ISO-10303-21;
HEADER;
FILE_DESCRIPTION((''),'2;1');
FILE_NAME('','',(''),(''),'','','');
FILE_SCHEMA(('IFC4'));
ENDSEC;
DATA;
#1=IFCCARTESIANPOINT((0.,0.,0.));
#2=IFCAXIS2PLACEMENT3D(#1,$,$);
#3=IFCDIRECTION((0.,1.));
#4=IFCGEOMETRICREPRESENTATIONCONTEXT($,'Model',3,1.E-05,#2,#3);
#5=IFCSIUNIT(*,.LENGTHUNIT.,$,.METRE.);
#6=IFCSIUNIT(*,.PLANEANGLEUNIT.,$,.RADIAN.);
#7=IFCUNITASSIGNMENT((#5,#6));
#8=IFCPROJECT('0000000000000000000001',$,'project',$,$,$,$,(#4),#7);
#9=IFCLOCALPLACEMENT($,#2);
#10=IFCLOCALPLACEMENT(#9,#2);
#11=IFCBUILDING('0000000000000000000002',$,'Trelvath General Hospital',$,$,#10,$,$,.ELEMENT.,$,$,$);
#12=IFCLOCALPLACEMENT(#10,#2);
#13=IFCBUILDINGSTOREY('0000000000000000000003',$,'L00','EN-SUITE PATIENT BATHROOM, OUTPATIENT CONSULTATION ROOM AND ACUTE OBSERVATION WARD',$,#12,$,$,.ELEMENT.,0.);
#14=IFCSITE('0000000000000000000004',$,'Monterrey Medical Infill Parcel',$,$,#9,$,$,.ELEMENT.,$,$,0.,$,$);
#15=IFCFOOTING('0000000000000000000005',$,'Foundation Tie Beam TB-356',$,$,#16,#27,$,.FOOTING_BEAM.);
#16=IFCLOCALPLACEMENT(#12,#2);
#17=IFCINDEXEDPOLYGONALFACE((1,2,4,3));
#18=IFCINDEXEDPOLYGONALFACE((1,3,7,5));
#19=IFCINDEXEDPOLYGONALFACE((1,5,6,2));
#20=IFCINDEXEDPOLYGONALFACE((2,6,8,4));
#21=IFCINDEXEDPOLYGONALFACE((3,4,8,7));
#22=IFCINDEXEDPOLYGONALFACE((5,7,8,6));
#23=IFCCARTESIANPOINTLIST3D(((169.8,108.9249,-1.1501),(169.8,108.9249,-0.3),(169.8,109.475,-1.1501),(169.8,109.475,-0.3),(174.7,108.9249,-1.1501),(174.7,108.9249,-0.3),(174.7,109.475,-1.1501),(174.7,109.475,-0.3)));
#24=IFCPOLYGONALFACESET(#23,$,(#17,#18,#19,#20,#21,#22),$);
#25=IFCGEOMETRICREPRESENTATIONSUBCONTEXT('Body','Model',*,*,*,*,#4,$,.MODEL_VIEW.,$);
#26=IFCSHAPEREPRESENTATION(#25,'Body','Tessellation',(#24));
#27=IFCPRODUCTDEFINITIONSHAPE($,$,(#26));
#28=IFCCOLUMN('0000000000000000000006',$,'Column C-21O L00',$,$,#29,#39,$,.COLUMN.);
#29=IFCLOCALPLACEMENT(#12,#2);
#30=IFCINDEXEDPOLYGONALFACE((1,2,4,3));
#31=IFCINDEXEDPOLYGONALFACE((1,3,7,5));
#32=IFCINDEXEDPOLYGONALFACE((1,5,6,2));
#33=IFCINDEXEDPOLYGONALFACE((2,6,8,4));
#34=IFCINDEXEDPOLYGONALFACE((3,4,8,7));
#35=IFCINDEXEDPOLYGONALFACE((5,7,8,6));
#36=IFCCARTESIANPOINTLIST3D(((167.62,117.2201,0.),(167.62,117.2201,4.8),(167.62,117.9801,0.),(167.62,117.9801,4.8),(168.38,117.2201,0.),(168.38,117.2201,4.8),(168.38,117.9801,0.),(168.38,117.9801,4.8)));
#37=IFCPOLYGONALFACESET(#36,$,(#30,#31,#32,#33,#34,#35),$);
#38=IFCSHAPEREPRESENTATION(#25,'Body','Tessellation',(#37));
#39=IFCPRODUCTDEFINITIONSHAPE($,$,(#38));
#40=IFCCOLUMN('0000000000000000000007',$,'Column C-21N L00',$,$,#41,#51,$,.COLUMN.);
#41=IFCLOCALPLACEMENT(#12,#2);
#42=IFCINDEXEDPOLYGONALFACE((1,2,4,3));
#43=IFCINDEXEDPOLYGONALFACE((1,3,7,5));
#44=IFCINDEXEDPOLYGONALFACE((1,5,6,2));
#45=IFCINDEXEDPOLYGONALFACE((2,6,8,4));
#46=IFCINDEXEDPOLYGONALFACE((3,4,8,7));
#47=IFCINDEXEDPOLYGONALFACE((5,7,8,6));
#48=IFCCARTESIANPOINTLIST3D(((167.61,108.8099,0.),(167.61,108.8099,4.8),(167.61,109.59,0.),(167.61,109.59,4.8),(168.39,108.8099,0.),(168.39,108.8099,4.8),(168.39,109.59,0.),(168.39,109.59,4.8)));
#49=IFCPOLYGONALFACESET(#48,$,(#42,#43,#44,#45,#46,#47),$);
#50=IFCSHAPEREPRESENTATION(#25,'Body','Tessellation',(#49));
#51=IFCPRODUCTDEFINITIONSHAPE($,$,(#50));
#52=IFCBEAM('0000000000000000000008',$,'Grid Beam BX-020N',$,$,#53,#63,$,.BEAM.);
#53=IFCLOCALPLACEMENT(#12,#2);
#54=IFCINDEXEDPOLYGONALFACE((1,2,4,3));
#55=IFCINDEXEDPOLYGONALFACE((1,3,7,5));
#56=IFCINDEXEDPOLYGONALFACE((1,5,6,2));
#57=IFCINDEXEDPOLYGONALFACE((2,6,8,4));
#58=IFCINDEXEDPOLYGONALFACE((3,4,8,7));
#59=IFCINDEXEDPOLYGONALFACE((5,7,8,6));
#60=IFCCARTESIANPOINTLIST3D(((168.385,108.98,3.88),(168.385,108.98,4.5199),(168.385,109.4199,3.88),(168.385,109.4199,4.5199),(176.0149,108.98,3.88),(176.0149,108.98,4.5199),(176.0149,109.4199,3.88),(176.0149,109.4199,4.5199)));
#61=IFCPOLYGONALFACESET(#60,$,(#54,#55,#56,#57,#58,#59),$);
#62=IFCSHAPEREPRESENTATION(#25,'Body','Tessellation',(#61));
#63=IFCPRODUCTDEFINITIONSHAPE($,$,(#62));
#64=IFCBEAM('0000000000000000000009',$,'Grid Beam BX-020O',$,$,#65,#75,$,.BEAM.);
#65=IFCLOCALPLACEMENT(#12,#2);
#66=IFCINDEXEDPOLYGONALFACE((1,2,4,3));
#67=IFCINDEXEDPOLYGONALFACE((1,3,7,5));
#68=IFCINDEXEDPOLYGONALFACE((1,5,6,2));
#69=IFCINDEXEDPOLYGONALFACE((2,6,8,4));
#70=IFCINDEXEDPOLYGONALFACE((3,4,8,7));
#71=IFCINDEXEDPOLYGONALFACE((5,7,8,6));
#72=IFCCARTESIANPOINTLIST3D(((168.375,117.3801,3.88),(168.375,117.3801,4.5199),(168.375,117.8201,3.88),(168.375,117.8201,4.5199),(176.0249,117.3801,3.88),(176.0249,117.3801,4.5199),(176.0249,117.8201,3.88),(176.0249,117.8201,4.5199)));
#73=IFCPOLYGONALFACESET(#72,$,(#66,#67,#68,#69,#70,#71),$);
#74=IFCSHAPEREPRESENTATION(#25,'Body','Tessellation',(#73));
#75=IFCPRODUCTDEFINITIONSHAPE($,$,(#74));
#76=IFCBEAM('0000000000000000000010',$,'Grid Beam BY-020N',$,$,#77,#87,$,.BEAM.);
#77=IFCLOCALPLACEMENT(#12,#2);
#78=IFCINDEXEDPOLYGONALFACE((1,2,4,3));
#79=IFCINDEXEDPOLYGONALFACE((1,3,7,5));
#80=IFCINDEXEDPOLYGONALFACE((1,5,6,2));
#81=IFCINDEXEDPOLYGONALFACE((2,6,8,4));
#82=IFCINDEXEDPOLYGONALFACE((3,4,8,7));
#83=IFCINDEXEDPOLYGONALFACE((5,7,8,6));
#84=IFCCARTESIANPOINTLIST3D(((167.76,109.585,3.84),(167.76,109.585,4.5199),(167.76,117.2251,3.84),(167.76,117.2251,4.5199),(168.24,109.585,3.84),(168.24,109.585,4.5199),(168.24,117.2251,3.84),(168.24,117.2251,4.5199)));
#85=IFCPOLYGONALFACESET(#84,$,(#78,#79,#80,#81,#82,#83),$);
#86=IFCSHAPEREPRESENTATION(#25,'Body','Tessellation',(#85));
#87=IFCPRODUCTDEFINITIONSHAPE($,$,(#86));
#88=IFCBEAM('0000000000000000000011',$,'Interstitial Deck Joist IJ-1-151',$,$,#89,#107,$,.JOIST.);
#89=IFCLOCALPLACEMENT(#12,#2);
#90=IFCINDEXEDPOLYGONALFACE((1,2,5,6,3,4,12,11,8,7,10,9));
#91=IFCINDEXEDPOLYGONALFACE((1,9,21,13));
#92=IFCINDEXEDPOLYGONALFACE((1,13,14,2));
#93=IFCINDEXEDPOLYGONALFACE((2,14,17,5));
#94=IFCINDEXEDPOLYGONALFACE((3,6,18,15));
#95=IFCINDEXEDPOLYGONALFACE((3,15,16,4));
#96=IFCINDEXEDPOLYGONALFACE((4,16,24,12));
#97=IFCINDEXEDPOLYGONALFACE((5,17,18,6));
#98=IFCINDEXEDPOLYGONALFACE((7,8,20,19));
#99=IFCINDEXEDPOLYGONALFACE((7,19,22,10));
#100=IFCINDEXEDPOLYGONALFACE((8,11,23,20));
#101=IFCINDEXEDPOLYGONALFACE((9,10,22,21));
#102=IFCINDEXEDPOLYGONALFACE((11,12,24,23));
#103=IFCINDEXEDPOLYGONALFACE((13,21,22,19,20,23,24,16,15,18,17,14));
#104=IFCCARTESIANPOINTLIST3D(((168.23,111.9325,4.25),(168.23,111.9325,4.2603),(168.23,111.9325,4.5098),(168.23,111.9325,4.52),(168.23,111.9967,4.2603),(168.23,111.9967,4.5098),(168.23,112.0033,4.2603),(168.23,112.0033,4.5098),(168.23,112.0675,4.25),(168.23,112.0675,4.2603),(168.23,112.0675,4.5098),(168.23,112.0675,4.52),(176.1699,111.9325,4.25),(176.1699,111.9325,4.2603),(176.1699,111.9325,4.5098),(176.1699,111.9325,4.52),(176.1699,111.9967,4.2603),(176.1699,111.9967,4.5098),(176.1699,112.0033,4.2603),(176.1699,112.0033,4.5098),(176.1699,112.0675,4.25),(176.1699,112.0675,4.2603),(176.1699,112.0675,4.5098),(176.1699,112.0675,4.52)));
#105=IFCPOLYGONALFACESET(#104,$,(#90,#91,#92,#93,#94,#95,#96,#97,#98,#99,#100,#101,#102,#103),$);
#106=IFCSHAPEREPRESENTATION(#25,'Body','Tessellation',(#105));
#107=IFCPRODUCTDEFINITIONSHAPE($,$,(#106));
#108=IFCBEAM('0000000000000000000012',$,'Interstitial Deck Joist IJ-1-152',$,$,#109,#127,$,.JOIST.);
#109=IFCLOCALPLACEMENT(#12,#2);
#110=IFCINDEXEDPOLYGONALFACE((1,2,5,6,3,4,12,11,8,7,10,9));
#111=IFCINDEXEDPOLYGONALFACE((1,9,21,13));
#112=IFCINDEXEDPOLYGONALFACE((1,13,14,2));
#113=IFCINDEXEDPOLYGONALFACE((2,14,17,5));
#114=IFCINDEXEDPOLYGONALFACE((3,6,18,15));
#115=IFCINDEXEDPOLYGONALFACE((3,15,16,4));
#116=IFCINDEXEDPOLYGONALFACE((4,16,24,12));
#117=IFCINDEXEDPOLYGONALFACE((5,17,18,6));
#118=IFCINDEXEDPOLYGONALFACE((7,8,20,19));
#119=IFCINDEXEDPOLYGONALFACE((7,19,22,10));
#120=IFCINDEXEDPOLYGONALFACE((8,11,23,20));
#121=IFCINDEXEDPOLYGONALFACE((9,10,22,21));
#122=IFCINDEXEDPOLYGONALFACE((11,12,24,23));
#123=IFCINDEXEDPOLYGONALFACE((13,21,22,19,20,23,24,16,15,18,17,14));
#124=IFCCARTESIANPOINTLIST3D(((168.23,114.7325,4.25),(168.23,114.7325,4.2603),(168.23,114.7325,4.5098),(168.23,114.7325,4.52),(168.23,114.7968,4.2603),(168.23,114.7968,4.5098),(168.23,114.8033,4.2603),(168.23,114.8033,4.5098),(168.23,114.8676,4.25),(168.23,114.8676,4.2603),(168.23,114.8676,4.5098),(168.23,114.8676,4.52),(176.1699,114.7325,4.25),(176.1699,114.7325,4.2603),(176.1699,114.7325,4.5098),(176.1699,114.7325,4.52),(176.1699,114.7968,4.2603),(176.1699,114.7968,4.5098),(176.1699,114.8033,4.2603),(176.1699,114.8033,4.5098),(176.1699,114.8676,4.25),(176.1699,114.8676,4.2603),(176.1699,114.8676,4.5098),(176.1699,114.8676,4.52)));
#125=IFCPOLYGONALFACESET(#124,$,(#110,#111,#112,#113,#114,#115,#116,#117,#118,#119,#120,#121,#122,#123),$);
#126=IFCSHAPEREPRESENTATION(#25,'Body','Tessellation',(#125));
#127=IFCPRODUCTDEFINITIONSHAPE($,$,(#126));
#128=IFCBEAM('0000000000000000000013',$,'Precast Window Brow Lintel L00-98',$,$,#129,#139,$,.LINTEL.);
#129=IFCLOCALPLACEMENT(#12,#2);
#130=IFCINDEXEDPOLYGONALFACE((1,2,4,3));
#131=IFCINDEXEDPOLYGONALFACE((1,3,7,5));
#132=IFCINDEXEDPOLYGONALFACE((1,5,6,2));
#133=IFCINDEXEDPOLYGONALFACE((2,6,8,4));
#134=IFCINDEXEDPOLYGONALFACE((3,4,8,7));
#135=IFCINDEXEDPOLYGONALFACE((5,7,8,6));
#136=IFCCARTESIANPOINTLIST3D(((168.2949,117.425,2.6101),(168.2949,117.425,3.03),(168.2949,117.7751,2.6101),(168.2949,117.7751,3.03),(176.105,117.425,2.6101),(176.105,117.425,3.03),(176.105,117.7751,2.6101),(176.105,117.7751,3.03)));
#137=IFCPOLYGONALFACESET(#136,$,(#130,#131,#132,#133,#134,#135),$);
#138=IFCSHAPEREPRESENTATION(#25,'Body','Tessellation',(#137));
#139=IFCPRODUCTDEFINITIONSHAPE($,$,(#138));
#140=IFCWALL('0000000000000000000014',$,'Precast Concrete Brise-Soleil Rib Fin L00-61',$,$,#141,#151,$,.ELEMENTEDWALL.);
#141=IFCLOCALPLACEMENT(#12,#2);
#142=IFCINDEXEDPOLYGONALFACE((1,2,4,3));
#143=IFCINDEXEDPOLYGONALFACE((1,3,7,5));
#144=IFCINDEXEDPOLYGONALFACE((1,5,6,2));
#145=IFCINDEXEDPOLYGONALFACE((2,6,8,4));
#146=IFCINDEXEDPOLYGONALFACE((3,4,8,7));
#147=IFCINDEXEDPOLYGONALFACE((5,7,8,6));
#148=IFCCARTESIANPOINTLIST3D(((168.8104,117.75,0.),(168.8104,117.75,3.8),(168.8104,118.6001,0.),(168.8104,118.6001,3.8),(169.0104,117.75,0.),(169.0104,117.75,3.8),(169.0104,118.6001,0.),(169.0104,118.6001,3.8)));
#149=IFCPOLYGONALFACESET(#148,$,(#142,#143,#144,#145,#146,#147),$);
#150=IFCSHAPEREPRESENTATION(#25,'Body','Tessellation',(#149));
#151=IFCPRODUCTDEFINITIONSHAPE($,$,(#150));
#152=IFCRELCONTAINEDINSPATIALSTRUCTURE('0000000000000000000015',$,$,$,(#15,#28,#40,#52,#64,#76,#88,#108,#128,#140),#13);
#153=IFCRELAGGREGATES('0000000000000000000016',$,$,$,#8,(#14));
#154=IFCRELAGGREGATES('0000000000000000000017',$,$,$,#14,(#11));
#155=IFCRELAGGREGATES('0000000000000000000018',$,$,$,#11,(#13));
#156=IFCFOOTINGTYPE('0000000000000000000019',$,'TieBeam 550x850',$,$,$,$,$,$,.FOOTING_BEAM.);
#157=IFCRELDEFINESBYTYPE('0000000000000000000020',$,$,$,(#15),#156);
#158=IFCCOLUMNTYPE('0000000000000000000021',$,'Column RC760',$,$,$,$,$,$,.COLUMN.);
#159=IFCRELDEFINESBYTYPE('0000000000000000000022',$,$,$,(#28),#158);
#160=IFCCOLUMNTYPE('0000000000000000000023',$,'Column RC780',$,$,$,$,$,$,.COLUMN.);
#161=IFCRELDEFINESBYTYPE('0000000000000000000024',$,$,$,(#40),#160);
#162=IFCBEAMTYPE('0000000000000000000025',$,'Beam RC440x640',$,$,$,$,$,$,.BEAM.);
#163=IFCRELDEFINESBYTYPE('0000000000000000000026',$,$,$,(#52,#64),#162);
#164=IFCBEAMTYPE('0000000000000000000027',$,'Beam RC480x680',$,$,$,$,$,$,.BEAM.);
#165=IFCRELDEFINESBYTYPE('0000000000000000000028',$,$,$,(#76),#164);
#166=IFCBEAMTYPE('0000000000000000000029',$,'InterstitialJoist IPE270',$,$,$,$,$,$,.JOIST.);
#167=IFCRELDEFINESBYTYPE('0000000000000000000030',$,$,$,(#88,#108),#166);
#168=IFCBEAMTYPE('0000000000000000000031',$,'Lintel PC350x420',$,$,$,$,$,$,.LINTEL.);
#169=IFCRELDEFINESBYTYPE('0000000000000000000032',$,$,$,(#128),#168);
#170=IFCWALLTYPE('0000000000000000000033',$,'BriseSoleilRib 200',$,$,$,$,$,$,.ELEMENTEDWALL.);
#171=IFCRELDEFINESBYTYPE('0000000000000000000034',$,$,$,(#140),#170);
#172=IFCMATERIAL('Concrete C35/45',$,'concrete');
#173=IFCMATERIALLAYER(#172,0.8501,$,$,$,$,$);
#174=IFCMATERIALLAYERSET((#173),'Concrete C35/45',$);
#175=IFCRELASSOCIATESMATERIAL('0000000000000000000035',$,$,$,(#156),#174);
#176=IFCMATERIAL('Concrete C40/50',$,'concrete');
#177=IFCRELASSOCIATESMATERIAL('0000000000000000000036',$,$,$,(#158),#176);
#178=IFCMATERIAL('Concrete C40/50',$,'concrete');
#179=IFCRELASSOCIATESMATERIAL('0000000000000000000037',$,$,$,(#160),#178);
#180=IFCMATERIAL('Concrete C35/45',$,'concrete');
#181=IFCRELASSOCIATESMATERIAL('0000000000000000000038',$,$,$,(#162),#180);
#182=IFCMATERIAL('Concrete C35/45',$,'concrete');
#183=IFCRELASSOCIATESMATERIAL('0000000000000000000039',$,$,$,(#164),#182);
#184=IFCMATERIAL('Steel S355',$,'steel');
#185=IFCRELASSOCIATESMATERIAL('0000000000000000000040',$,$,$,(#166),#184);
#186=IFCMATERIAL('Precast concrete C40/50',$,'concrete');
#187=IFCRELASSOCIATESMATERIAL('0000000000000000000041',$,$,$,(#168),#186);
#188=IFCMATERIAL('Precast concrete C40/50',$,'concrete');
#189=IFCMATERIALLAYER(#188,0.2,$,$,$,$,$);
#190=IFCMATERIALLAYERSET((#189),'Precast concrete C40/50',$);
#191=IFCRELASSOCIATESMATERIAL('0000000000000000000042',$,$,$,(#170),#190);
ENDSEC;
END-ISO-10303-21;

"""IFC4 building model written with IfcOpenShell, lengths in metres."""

from ifc_helpers import new_model, si_unit, direction, frame, frame_2d, origin, origin_2d, place, context, subcontext, project, spatial, rectangle, i_section, extrude, material, layer, layer_set, material_profile, profile_set, type_object, element, save


model = new_model("IFC4")

# Units and contexts
model_context = context("Model", 3, precision=1e-05, world=origin(), true_north=direction((0.0, 1.0)))
body_context = subcontext(model_context, "Body", "Model", "MODEL_VIEW")
ifc_project = project(units=[si_unit("LENGTHUNIT", "METRE"), si_unit("PLANEANGLEUNIT", "RADIAN")], contexts=[model_context])

# Site, building, storey
site_placement = place(None, origin())
site = spatial("IfcSite", under=ifc_project, at=site_placement, Name="Monterrey Medical Infill Parcel", CompositionType="ELEMENT", RefElevation=0.0)
building_placement = place(site_placement, origin())
building = spatial("IfcBuilding", under=site, at=building_placement, Name="Trelvath General Hospital", CompositionType="ELEMENT")
storey_placement = place(building_placement, origin())
storey = spatial("IfcBuildingStorey", under=building, at=storey_placement, Name="L00", Description="EN-SUITE PATIENT BATHROOM, OUTPATIENT CONSULTATION ROOM AND ACUTE OBSERVATION WARD", CompositionType="ELEMENT", Elevation=0.0)

# Footing
ifc_material_1 = material(Name="Concrete C35/45", Category="concrete")
ifc_layer_1 = layer(ifc_material_1, 0.8501)
ifc_layer_set_1 = layer_set([ifc_layer_1], Name="Concrete C35/45")
footing_type_1 = type_object("IfcFootingType", Name="TieBeam 550x850", PredefinedType="FOOTING_BEAM", material=ifc_layer_set_1)
footing_1_placement = place(storey_placement, frame((172.25, 109.2, -1.1501), z_axis=(0.0, 0.0, 1.0), x_axis=(1.0, 0.0, 0.0)))
element("IfcFooting", 1, at=footing_1_placement, inside=storey, type_object=footing_type_1, Name="Foundation Tie Beam TB-356", PredefinedType="FOOTING_BEAM", context=body_context, shape_type="SweptSolid", body=[
    extrude(rectangle(XDim=4.8999, YDim=0.55, at=origin_2d()), origin(), (0.0, 0.0, 1.0), 0.8501),
])

# Columns
ifc_material_2 = material(Name="Concrete C40/50", Category="concrete")
ifc_material_profile_1 = material_profile(ifc_material_2, rectangle(XDim=0.76, YDim=0.76, at=origin_2d()), Name="RC760x760")
ifc_profile_set_1 = profile_set([ifc_material_profile_1], Name="Concrete C40/50")
column_type_1 = type_object("IfcColumnType", Name="Column RC760", PredefinedType="COLUMN", material=ifc_profile_set_1)
column_1_placement = place(storey_placement, frame((168.0, 117.6001, 0.0), z_axis=(0.0, 0.0, 1.0), x_axis=(1.0, 0.0, 0.0)))
element("IfcColumn", 2, at=column_1_placement, inside=storey, type_object=column_type_1, Name="Column C-21O L00", PredefinedType="COLUMN", context=body_context, shape_type="SweptSolid", body=[
    extrude(rectangle(XDim=0.76, YDim=0.76, at=origin_2d()), origin(), (0.0, 0.0, 1.0), 4.8),
])
ifc_material_3 = material(Name="Concrete C40/50", Category="concrete")
ifc_material_profile_2 = material_profile(ifc_material_3, rectangle(XDim=0.78, YDim=0.78, at=origin_2d()), Name="RC780x780")
ifc_profile_set_2 = profile_set([ifc_material_profile_2], Name="Concrete C40/50")
column_type_2 = type_object("IfcColumnType", Name="Column RC780", PredefinedType="COLUMN", material=ifc_profile_set_2)
column_2_placement = place(storey_placement, frame((168.0, 109.2, 0.0), z_axis=(0.0, 0.0, 1.0), x_axis=(1.0, 0.0, 0.0)))
element("IfcColumn", 3, at=column_2_placement, inside=storey, type_object=column_type_2, Name="Column C-21N L00", PredefinedType="COLUMN", context=body_context, shape_type="SweptSolid", body=[
    extrude(rectangle(XDim=0.78, YDim=0.78, at=origin_2d()), origin(), (0.0, 0.0, 1.0), 4.8),
])

# Beams
ifc_material_4 = material(Name="Concrete C35/45", Category="concrete")
ifc_material_profile_3 = material_profile(ifc_material_4, rectangle(XDim=0.4399, YDim=0.6399, at=origin_2d()), Name="RCB440x640")
ifc_profile_set_3 = profile_set([ifc_material_profile_3], Name="Concrete C35/45")
beam_type_1 = type_object("IfcBeamType", Name="Beam RC440x640", PredefinedType="BEAM", material=ifc_profile_set_3)
beam_1_placement = place(storey_placement, frame((168.385, 109.2, 4.2), z_axis=(1.0, 0.0, 0.0), x_axis=(0.0, 1.0, 0.0)))
element("IfcBeam", 4, at=beam_1_placement, inside=storey, type_object=beam_type_1, Name="Grid Beam BX-020N", PredefinedType="BEAM", context=body_context, shape_type="SweptSolid", body=[
    extrude(rectangle(XDim=0.4399, YDim=0.6399, at=origin_2d()), origin(), (0.0, 0.0, 1.0), 7.6299),
])
beam_2_placement = place(storey_placement, frame((168.375, 117.6001, 4.2), z_axis=(1.0, 0.0, 0.0), x_axis=(0.0, 1.0, 0.0)))
element("IfcBeam", 5, at=beam_2_placement, inside=storey, type_object=beam_type_1, Name="Grid Beam BX-020O", PredefinedType="BEAM", context=body_context, shape_type="SweptSolid", body=[
    extrude(rectangle(XDim=0.4399, YDim=0.6399, at=origin_2d()), origin(), (0.0, 0.0, 1.0), 7.6499),
])
ifc_material_5 = material(Name="Concrete C35/45", Category="concrete")
ifc_material_profile_4 = material_profile(ifc_material_5, rectangle(XDim=0.48, YDim=0.6799, at=origin_2d()), Name="RCB480x680")
ifc_profile_set_4 = profile_set([ifc_material_profile_4], Name="Concrete C35/45")
beam_type_2 = type_object("IfcBeamType", Name="Beam RC480x680", PredefinedType="BEAM", material=ifc_profile_set_4)
beam_3_placement = place(storey_placement, frame((168.0, 109.585, 4.1799), z_axis=(0.0, 1.0, 0.0), x_axis=(-1.0, 0.0, 0.0)))
element("IfcBeam", 6, at=beam_3_placement, inside=storey, type_object=beam_type_2, Name="Grid Beam BY-020N", PredefinedType="BEAM", context=body_context, shape_type="SweptSolid", body=[
    extrude(rectangle(XDim=0.48, YDim=0.6799, at=origin_2d()), origin(), (0.0, 0.0, 1.0), 7.6401),
])
ifc_material_6 = material(Name="Steel S355", Category="steel")
ifc_material_profile_5 = material_profile(ifc_material_6, i_section(OverallWidth=0.135, OverallDepth=0.27, WebThickness=0.0066, FlangeThickness=0.0103, at=origin_2d()), Name="IPE270")
ifc_profile_set_5 = profile_set([ifc_material_profile_5], Name="Steel S355")
beam_type_3 = type_object("IfcBeamType", Name="InterstitialJoist IPE270", PredefinedType="JOIST", material=ifc_profile_set_5)
for number, where, z_axis, x_axis, name in (
    (7, (168.23, 112.0, 4.385), (1.0, 0.0, 0.0), (0.0, 1.0, 0.0), "Interstitial Deck Joist IJ-1-151"),
    (8, (168.23, 114.8, 4.385), (1.0, 0.0, 0.0), (0.0, 1.0, 0.0), "Interstitial Deck Joist IJ-1-152"),
):
    element("IfcBeam", number, at=place(storey_placement, frame(where, z_axis=z_axis, x_axis=x_axis)), inside=storey, type_object=beam_type_3, Name=name, PredefinedType="JOIST", context=body_context, shape_type="SweptSolid", body=[
        extrude(i_section(OverallWidth=0.135, OverallDepth=0.27, WebThickness=0.0066, FlangeThickness=0.0103, at=origin_2d()), origin(), (0.0, 0.0, 1.0), 7.9399),
    ])
ifc_material_7 = material(Name="Precast concrete C40/50", Category="concrete")
ifc_material_profile_6 = material_profile(ifc_material_7, rectangle(XDim=0.3501, YDim=0.4199, at=origin_2d()), Name="PCL350x420")
ifc_profile_set_6 = profile_set([ifc_material_profile_6], Name="Precast concrete C40/50")
beam_type_4 = type_object("IfcBeamType", Name="Lintel PC350x420", PredefinedType="LINTEL", material=ifc_profile_set_6)
beam_4_placement = place(storey_placement, frame((168.2949, 117.6001, 2.8201), z_axis=(1.0, 0.0, 0.0), x_axis=(0.0, 1.0, 0.0)))
element("IfcBeam", 9, at=beam_4_placement, inside=storey, type_object=beam_type_4, Name="Precast Window Brow Lintel L00-98", PredefinedType="LINTEL", context=body_context, shape_type="SweptSolid", body=[
    extrude(rectangle(XDim=0.3501, YDim=0.4199, at=origin_2d()), origin(), (0.0, 0.0, 1.0), 7.8101),
])

# Wall
ifc_material_8 = material(Name="Precast concrete C40/50", Category="concrete")
ifc_layer_2 = layer(ifc_material_8, 0.2)
ifc_layer_set_2 = layer_set([ifc_layer_2], Name="Precast concrete C40/50")
wall_type_1 = type_object("IfcWallType", Name="BriseSoleilRib 200", PredefinedType="ELEMENTEDWALL", material=ifc_layer_set_2)
wall_1_placement = place(storey_placement, frame((168.9104, 117.75, 0.0), z_axis=(0.0, 0.0, 1.0), x_axis=(0.0, 1.0, 0.0)))
element("IfcWall", 10, at=wall_1_placement, inside=storey, type_object=wall_type_1, Name="Precast Concrete Brise-Soleil Rib Fin L00-61", PredefinedType="ELEMENTEDWALL", context=body_context, shape_type="SweptSolid", body=[
    extrude(rectangle(XDim=0.8501, YDim=0.2, at=frame_2d((0.425, 0.0))), origin(), (0.0, 0.0, 1.0), 3.8),
])

save(model, "model.ifc")
